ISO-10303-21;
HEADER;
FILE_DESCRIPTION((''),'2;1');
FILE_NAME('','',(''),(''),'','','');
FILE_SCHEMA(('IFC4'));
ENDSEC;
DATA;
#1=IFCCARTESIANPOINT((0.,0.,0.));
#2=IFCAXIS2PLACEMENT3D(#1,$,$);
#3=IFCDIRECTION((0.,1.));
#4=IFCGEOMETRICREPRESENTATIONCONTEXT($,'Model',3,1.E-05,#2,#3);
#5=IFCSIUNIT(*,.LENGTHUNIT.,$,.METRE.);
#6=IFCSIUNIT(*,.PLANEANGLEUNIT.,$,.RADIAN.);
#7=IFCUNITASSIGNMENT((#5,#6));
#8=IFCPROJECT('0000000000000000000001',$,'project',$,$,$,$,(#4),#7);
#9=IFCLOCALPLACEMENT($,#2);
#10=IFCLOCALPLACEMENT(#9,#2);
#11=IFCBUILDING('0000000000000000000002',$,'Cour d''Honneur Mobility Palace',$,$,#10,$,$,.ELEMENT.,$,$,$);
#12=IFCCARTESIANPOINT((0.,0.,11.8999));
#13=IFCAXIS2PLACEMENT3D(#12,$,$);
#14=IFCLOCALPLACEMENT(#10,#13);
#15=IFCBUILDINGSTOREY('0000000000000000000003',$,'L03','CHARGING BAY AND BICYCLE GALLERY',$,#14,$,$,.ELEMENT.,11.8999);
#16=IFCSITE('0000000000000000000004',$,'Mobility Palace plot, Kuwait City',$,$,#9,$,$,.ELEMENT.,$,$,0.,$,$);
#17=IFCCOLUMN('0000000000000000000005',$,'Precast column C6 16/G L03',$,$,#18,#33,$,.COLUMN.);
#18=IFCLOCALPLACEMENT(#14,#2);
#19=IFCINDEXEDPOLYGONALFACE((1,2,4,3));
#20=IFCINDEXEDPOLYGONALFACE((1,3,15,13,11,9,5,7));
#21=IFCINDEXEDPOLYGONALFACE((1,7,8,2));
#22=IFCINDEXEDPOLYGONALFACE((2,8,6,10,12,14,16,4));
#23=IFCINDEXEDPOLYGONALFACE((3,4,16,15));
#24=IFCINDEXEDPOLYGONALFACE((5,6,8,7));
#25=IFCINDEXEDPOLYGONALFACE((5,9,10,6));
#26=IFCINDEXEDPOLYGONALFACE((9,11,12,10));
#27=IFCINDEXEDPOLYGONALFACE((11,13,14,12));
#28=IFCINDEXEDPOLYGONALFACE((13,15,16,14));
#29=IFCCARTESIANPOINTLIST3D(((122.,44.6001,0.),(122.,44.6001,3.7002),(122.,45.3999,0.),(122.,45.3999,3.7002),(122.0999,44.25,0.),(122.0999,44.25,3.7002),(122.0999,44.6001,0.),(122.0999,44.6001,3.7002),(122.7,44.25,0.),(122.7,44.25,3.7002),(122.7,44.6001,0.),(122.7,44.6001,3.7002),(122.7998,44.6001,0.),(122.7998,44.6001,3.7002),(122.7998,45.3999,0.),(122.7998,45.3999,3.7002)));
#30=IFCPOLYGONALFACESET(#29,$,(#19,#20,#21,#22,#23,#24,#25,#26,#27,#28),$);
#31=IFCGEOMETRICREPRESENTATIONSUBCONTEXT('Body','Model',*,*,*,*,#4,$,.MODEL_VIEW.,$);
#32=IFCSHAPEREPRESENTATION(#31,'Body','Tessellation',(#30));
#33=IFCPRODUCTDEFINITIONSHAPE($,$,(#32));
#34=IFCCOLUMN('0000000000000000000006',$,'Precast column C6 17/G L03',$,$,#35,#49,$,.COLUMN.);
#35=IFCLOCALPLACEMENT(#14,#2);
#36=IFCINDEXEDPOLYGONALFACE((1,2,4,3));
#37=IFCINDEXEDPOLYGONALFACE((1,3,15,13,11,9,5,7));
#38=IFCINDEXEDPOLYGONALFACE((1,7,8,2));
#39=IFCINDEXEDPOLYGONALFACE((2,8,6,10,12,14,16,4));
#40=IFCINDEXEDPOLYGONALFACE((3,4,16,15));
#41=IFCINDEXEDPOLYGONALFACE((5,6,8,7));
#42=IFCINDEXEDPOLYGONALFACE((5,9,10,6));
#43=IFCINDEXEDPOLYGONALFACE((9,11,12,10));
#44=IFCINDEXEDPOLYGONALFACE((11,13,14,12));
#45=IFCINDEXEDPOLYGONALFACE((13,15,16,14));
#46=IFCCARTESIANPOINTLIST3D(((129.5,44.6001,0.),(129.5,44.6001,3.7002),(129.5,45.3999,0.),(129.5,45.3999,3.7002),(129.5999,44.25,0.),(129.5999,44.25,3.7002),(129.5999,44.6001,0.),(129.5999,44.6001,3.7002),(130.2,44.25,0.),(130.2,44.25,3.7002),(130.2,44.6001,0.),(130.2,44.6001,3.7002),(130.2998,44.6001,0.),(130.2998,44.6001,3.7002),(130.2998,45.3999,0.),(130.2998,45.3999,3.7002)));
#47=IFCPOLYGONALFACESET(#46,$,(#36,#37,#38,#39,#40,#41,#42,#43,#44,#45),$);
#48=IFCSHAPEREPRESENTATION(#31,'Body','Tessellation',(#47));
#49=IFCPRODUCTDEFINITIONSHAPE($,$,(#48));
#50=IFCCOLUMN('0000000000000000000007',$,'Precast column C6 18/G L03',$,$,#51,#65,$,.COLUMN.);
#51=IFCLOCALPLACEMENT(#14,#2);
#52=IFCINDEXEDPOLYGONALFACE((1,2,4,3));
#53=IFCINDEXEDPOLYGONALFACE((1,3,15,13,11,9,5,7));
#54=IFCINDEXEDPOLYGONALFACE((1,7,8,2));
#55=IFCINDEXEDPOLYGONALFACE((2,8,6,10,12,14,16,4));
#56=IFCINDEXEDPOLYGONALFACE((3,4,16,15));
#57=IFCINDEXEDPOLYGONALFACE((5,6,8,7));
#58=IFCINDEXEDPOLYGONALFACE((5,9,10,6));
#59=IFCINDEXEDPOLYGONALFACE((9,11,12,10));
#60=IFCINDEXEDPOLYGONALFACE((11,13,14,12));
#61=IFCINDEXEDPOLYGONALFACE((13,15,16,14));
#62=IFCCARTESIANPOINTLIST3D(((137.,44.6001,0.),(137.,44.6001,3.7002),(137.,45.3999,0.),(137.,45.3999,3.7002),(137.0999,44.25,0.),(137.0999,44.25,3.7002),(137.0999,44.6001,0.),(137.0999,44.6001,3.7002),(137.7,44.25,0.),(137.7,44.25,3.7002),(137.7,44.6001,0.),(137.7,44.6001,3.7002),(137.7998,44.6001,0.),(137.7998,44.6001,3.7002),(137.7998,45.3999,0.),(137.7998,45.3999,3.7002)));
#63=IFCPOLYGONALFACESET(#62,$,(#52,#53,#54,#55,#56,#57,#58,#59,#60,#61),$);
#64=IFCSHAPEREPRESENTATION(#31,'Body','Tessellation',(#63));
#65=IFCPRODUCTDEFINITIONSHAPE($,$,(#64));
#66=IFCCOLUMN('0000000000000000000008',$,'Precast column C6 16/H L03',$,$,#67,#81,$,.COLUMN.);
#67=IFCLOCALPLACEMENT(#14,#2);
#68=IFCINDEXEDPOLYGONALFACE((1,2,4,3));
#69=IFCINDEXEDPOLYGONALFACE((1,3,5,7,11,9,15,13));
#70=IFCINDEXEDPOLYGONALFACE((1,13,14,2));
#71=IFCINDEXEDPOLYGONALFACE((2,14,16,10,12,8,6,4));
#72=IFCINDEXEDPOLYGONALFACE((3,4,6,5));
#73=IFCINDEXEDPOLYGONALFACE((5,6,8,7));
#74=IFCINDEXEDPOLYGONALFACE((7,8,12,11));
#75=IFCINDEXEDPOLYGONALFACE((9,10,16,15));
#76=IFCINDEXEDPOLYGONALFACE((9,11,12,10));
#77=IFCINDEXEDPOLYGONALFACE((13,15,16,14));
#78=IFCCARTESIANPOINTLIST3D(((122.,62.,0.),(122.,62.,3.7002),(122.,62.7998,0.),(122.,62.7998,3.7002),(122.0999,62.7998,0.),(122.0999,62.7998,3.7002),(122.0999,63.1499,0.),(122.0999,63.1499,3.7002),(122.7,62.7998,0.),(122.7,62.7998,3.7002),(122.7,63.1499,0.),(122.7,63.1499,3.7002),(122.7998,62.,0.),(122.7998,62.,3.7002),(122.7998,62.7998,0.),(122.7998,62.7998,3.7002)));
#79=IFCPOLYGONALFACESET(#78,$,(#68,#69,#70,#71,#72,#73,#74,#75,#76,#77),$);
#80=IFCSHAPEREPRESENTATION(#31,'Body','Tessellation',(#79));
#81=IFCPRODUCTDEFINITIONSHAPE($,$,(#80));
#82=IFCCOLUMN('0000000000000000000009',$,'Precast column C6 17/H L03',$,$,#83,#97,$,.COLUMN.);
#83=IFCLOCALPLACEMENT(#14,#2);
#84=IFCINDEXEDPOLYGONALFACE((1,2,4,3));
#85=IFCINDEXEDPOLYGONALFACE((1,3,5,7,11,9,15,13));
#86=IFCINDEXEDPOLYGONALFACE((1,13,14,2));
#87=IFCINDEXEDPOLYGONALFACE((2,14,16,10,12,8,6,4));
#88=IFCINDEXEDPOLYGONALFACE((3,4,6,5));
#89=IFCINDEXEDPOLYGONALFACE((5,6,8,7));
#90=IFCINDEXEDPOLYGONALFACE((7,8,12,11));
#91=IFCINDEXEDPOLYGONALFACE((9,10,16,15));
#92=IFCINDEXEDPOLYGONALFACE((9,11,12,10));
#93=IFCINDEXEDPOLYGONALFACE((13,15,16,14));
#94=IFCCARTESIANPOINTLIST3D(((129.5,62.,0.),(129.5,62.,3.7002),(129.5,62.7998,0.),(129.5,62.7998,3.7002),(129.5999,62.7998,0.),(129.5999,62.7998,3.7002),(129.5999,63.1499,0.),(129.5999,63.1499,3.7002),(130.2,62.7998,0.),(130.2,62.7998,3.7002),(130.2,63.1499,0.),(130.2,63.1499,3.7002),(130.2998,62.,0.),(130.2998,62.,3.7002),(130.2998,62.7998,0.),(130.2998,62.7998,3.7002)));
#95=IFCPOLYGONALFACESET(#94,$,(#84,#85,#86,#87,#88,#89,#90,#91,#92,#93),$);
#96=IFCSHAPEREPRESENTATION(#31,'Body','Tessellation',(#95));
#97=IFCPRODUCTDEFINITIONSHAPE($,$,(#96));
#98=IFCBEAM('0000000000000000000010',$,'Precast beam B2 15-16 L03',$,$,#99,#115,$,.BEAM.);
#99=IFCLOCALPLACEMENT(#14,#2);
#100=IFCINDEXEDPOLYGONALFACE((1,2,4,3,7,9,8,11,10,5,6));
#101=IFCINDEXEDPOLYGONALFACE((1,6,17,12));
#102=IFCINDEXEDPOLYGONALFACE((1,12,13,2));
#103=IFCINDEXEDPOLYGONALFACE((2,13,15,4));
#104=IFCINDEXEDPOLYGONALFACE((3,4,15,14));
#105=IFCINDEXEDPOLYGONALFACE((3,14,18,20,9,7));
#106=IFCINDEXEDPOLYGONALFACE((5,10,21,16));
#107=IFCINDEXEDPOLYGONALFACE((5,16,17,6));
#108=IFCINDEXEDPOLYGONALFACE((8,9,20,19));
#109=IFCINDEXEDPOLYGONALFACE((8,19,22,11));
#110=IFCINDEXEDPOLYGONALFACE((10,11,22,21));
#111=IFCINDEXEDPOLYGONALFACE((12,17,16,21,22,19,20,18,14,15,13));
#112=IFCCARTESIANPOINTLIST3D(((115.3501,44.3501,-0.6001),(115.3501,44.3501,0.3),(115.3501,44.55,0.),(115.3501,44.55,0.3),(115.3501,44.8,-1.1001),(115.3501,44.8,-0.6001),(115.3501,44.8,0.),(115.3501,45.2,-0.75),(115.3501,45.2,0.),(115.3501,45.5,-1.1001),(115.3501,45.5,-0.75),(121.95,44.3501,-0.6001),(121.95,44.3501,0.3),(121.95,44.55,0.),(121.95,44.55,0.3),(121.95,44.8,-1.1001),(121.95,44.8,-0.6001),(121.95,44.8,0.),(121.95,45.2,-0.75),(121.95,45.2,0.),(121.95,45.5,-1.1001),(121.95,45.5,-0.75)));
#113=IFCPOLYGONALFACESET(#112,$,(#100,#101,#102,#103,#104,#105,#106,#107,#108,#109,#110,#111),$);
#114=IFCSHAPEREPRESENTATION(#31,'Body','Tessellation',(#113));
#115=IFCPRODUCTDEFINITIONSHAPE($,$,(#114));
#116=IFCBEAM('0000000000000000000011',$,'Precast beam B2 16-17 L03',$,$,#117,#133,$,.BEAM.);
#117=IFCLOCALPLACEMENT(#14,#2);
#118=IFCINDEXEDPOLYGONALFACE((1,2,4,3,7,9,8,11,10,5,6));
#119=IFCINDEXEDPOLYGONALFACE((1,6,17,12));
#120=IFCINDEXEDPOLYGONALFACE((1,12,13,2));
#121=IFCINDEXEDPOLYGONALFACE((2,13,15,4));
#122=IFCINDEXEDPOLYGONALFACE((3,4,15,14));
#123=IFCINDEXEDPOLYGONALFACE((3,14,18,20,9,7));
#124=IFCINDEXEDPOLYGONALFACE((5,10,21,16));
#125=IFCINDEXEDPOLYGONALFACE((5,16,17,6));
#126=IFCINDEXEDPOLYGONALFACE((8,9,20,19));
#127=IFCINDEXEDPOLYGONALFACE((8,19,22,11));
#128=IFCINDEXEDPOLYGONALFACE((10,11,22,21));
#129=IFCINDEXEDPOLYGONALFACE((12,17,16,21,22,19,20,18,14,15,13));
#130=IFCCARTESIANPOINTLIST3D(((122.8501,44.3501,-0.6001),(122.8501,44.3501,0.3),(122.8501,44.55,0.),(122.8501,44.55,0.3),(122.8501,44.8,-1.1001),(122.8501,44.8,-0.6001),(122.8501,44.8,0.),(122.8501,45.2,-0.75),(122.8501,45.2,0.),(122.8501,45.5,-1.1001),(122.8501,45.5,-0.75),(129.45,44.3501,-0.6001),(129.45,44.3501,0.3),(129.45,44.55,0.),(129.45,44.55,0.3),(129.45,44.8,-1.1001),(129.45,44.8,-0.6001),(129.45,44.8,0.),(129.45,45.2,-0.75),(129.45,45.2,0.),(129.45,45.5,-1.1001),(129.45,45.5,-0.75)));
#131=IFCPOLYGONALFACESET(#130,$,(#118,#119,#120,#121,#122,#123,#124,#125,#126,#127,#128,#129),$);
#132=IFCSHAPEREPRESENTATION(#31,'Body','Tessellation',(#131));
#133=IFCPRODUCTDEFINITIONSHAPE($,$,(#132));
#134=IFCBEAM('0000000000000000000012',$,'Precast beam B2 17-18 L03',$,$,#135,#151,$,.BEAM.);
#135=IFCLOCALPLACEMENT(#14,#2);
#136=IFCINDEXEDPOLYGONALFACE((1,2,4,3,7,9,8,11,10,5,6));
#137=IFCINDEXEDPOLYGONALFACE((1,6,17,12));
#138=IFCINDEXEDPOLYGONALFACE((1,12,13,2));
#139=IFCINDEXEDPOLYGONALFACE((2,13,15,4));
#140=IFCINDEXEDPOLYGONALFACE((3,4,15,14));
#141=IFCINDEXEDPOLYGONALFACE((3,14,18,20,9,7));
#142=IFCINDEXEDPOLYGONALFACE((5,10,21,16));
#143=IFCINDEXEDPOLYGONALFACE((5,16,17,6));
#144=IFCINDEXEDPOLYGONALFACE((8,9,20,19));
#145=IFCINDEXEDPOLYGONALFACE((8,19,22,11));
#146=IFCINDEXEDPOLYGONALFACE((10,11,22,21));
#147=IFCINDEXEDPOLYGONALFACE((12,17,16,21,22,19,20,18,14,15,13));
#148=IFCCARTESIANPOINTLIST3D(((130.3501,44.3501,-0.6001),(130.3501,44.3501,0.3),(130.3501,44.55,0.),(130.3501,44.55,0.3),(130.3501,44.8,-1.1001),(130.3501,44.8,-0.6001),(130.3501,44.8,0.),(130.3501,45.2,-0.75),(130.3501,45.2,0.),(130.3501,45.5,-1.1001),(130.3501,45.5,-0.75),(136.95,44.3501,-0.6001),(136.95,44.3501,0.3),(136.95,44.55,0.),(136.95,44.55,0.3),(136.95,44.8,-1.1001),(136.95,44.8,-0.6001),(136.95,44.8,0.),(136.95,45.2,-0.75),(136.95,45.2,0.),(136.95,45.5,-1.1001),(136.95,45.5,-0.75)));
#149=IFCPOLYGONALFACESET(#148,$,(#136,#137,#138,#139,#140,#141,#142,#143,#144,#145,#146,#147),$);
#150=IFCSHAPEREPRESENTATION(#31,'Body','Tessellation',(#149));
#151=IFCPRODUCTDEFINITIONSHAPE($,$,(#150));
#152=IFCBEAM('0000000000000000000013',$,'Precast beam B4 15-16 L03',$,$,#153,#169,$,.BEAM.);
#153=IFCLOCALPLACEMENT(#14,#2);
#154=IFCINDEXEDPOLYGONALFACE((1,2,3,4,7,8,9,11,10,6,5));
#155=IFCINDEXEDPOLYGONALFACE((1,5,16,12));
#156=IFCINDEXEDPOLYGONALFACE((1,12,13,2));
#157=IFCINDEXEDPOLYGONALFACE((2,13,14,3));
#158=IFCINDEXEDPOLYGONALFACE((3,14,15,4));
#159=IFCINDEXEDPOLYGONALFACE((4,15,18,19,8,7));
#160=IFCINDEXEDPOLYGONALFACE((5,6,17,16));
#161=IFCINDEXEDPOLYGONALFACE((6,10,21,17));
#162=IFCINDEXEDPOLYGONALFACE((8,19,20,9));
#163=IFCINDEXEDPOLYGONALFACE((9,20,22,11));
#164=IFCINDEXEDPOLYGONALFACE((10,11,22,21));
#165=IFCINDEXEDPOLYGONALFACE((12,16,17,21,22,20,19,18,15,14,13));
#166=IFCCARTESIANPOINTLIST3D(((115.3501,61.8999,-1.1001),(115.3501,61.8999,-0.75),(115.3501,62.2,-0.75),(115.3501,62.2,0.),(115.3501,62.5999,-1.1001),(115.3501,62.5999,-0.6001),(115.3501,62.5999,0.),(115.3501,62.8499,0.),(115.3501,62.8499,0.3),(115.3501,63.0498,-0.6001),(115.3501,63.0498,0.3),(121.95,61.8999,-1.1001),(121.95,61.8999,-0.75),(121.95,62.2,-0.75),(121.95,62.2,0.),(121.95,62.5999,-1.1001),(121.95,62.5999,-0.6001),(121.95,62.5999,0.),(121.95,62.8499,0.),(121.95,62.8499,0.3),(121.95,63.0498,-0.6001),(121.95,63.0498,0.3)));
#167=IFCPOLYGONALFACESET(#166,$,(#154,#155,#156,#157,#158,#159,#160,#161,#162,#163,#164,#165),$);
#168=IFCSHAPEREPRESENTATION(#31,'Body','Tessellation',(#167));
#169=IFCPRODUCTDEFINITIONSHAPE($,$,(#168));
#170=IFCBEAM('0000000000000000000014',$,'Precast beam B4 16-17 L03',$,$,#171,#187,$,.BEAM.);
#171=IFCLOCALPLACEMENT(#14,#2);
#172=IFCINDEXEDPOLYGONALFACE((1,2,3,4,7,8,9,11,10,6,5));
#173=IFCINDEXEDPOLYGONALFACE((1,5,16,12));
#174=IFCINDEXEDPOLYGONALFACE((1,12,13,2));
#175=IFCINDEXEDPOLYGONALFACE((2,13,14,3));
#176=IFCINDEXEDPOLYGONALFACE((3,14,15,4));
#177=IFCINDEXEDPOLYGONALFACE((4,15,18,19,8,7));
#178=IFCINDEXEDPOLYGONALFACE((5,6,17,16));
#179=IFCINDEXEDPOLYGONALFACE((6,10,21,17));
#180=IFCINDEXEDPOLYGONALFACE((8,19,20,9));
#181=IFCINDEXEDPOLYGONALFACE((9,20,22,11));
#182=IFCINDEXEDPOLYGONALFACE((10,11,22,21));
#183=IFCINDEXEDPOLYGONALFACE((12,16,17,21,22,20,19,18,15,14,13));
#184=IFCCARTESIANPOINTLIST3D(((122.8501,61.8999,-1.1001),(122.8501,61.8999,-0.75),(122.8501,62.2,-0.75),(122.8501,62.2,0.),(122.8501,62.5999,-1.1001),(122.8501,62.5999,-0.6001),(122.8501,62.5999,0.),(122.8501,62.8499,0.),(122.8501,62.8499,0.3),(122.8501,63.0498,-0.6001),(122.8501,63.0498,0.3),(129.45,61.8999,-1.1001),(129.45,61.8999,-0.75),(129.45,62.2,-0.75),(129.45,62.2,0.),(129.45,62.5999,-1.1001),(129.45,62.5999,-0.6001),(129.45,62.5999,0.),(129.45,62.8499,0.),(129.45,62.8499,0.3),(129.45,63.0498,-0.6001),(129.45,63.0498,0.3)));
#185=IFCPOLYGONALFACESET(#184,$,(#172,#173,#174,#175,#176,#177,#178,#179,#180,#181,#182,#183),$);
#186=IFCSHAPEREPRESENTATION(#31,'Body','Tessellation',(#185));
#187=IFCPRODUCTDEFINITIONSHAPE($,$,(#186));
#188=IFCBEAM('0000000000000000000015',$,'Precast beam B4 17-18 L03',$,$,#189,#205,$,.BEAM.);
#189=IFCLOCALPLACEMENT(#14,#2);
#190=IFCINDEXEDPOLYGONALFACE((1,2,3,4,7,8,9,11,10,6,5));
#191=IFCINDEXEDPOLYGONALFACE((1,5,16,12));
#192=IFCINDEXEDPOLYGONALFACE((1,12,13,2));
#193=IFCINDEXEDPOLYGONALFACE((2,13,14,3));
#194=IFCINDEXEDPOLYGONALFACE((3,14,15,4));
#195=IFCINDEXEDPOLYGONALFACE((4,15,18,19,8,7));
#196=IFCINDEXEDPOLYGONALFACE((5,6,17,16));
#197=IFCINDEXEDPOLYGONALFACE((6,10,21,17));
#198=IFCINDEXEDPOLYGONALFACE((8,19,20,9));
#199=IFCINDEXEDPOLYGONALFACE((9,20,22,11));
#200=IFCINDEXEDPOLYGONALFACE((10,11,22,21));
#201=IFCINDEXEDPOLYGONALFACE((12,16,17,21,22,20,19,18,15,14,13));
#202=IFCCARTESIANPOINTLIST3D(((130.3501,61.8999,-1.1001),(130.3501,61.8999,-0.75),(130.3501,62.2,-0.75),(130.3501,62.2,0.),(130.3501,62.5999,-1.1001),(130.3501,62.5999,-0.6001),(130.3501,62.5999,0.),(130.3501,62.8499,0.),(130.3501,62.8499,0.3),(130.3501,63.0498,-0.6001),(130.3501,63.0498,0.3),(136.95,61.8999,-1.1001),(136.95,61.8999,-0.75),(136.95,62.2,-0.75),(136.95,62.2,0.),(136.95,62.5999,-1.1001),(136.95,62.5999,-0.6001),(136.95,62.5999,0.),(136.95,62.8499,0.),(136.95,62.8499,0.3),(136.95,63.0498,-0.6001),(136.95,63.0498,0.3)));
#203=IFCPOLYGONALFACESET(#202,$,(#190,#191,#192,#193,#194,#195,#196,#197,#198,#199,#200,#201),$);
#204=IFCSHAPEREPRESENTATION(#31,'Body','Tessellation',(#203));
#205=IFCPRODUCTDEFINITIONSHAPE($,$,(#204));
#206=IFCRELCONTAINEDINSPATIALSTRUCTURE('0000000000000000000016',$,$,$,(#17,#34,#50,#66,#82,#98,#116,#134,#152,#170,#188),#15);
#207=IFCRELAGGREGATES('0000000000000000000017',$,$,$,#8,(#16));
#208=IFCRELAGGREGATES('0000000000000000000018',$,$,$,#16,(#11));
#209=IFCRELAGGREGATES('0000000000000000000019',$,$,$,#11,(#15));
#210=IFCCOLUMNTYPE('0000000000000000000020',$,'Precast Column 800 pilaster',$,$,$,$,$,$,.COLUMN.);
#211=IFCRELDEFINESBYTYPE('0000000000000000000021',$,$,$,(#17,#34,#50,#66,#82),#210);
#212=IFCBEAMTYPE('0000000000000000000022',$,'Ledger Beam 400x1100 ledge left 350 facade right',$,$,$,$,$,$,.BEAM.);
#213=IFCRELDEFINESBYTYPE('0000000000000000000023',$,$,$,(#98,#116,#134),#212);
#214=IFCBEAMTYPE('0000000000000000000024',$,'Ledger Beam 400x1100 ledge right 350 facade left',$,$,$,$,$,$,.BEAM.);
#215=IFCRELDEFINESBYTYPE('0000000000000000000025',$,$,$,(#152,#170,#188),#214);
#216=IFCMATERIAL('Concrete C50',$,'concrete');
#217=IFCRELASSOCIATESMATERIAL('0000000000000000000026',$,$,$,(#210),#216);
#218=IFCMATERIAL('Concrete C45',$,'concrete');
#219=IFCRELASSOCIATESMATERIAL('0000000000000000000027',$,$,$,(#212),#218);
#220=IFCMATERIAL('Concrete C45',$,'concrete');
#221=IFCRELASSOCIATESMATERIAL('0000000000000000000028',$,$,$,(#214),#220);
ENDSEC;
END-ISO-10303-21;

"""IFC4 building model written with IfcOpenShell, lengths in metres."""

from ifc_helpers import new_model, si_unit, direction, frame, origin, place, context, subcontext, project, spatial, polyline, outline, extrude, material, material_profile, profile_set, type_object, element, save


model = new_model("IFC4")

# Units and contexts
model_context = context("Model", 3, precision=1e-05, world=origin(), true_north=direction((0.0, 1.0)))
body_context = subcontext(model_context, "Body", "Model", "MODEL_VIEW")
ifc_project = project(units=[si_unit("LENGTHUNIT", "METRE"), si_unit("PLANEANGLEUNIT", "RADIAN")], contexts=[model_context])

# Site, building, storey
site_placement = place(None, origin())
site = spatial("IfcSite", under=ifc_project, at=site_placement, Name="Mobility Palace plot, Kuwait City", CompositionType="ELEMENT", RefElevation=0.0)
building_placement = place(site_placement, origin())
building = spatial("IfcBuilding", under=site, at=building_placement, Name="Cour d'Honneur Mobility Palace", CompositionType="ELEMENT")
storey_placement = place(building_placement, frame((0.0, 0.0, 11.8999)))
storey = spatial("IfcBuildingStorey", under=building, at=storey_placement, Name="L03", Description="CHARGING BAY AND BICYCLE GALLERY", CompositionType="ELEMENT", Elevation=11.8999)

# Columns
ifc_material_1 = material(Name="Concrete C50", Category="concrete")
ifc_material_profile_1 = material_profile(ifc_material_1, outline(polyline([(-0.3999, -0.3999), (0.3999, -0.3999), (0.3999, -0.3), (0.75, -0.3), (0.75, 0.3), (0.3999, 0.3), (0.3999, 0.3999), (-0.3999, 0.3999), (-0.3999, -0.3999)])), Name="PC C800 pilaster")
ifc_profile_set_1 = profile_set([ifc_material_profile_1], Name="Concrete C50")
column_type = type_object("IfcColumnType", Name="Precast Column 800 pilaster", PredefinedType="COLUMN", material=ifc_profile_set_1)
for number, where, z_axis, x_axis, name in (
    (1, (122.3999, 45.0, 0.0), (0.0, 0.0, 1.0), (0.0, -1.0, 0.0), "Precast column C6 16/G L03"),
    (2, (129.8999, 45.0, 0.0), (0.0, 0.0, 1.0), (0.0, -1.0, 0.0), "Precast column C6 17/G L03"),
    (3, (137.3999, 45.0, 0.0), (0.0, 0.0, 1.0), (0.0, -1.0, 0.0), "Precast column C6 18/G L03"),
    (4, (122.3999, 62.3999, 0.0), (0.0, 0.0, 1.0), (0.0, 1.0, 0.0), "Precast column C6 16/H L03"),
    (5, (129.8999, 62.3999, 0.0), (0.0, 0.0, 1.0), (0.0, 1.0, 0.0), "Precast column C6 17/H L03"),
):
    element("IfcColumn", number, at=place(storey_placement, frame(where, z_axis=z_axis, x_axis=x_axis)), inside=storey, type_object=column_type, Name=name, PredefinedType="COLUMN", context=body_context, shape_type="SweptSolid", body=[
        extrude(outline(polyline([(-0.3999, -0.3999), (0.3999, -0.3999), (0.3999, -0.3), (0.75, -0.3), (0.75, 0.3), (0.3999, 0.3), (0.3999, 0.3999), (-0.3999, 0.3999), (-0.3999, -0.3999)])), origin(), (0.0, 0.0, 1.0), 3.7002),
    ])

# Beams
ifc_material_2 = material(Name="Concrete C45", Category="concrete")
ifc_material_profile_2 = material_profile(ifc_material_2, outline(polyline([(0.5, -1.1001), (0.5, -0.75), (0.2, -0.75), (0.2, 0.0), (-0.2, 0.0), (-0.45, 0.0), (-0.45, 0.3), (-0.6499, 0.3), (-0.6499, -0.6001), (-0.2, -0.6001), (-0.2, -1.1001), (0.5, -1.1001)])), Name="Ledger Beam 400x1100 ledge left 350 facade right")
ifc_profile_set_2 = profile_set([ifc_material_profile_2], Name="Concrete C45")
beam_type_1 = type_object("IfcBeamType", Name="Ledger Beam 400x1100 ledge left 350 facade right", PredefinedType="BEAM", material=ifc_profile_set_2)
for number, where, z_axis, x_axis, name in (
    (6, (115.3501, 45.0, 0.0), (1.0, 0.0, 0.0), (0.0, 1.0, 0.0), "Precast beam B2 15-16 L03"),
    (7, (122.8501, 45.0, 0.0), (1.0, 0.0, 0.0), (0.0, 1.0, 0.0), "Precast beam B2 16-17 L03"),
    (8, (130.3501, 45.0, 0.0), (1.0, 0.0, 0.0), (0.0, 1.0, 0.0), "Precast beam B2 17-18 L03"),
):
    element("IfcBeam", number, at=place(storey_placement, frame(where, z_axis=z_axis, x_axis=x_axis)), inside=storey, type_object=beam_type_1, Name=name, PredefinedType="BEAM", context=body_context, shape_type="SweptSolid", body=[
        extrude(outline(polyline([(0.5, -1.1001), (0.5, -0.75), (0.2, -0.75), (0.2, 0.0), (-0.2, 0.0), (-0.45, 0.0), (-0.45, 0.3), (-0.6499, 0.3), (-0.6499, -0.6001), (-0.2, -0.6001), (-0.2, -1.1001), (0.5, -1.1001)])), origin(), (0.0, 0.0, 1.0), 6.5999),
    ])
ifc_material_3 = material(Name="Concrete C45", Category="concrete")
ifc_material_profile_3 = material_profile(ifc_material_3, outline(polyline([(0.2, -1.1001), (0.2, -0.6001), (0.6499, -0.6001), (0.6499, 0.3), (0.45, 0.3), (0.45, 0.0), (0.2, 0.0), (-0.2, 0.0), (-0.2, -0.75), (-0.5, -0.75), (-0.5, -1.1001), (0.2, -1.1001)])), Name="Ledger Beam 400x1100 ledge right 350 facade left")
ifc_profile_set_3 = profile_set([ifc_material_profile_3], Name="Concrete C45")
beam_type_2 = type_object("IfcBeamType", Name="Ledger Beam 400x1100 ledge right 350 facade left", PredefinedType="BEAM", material=ifc_profile_set_3)
for number, where, z_axis, x_axis, name in (
    (9, (115.3501, 62.3999, 0.0), (1.0, 0.0, 0.0), (0.0, 1.0, 0.0), "Precast beam B4 15-16 L03"),
    (10, (122.8501, 62.3999, 0.0), (1.0, 0.0, 0.0), (0.0, 1.0, 0.0), "Precast beam B4 16-17 L03"),
    (11, (130.3501, 62.3999, 0.0), (1.0, 0.0, 0.0), (0.0, 1.0, 0.0), "Precast beam B4 17-18 L03"),
):
    element("IfcBeam", number, at=place(storey_placement, frame(where, z_axis=z_axis, x_axis=x_axis)), inside=storey, type_object=beam_type_2, Name=name, PredefinedType="BEAM", context=body_context, shape_type="SweptSolid", body=[
        extrude(outline(polyline([(0.2, -1.1001), (0.2, -0.6001), (0.6499, -0.6001), (0.6499, 0.3), (0.45, 0.3), (0.45, 0.0), (0.2, 0.0), (-0.2, 0.0), (-0.2, -0.75), (-0.5, -0.75), (-0.5, -1.1001), (0.2, -1.1001)])), origin(), (0.0, 0.0, 1.0), 6.5999),
    ])

save(model, "model.ifc")
